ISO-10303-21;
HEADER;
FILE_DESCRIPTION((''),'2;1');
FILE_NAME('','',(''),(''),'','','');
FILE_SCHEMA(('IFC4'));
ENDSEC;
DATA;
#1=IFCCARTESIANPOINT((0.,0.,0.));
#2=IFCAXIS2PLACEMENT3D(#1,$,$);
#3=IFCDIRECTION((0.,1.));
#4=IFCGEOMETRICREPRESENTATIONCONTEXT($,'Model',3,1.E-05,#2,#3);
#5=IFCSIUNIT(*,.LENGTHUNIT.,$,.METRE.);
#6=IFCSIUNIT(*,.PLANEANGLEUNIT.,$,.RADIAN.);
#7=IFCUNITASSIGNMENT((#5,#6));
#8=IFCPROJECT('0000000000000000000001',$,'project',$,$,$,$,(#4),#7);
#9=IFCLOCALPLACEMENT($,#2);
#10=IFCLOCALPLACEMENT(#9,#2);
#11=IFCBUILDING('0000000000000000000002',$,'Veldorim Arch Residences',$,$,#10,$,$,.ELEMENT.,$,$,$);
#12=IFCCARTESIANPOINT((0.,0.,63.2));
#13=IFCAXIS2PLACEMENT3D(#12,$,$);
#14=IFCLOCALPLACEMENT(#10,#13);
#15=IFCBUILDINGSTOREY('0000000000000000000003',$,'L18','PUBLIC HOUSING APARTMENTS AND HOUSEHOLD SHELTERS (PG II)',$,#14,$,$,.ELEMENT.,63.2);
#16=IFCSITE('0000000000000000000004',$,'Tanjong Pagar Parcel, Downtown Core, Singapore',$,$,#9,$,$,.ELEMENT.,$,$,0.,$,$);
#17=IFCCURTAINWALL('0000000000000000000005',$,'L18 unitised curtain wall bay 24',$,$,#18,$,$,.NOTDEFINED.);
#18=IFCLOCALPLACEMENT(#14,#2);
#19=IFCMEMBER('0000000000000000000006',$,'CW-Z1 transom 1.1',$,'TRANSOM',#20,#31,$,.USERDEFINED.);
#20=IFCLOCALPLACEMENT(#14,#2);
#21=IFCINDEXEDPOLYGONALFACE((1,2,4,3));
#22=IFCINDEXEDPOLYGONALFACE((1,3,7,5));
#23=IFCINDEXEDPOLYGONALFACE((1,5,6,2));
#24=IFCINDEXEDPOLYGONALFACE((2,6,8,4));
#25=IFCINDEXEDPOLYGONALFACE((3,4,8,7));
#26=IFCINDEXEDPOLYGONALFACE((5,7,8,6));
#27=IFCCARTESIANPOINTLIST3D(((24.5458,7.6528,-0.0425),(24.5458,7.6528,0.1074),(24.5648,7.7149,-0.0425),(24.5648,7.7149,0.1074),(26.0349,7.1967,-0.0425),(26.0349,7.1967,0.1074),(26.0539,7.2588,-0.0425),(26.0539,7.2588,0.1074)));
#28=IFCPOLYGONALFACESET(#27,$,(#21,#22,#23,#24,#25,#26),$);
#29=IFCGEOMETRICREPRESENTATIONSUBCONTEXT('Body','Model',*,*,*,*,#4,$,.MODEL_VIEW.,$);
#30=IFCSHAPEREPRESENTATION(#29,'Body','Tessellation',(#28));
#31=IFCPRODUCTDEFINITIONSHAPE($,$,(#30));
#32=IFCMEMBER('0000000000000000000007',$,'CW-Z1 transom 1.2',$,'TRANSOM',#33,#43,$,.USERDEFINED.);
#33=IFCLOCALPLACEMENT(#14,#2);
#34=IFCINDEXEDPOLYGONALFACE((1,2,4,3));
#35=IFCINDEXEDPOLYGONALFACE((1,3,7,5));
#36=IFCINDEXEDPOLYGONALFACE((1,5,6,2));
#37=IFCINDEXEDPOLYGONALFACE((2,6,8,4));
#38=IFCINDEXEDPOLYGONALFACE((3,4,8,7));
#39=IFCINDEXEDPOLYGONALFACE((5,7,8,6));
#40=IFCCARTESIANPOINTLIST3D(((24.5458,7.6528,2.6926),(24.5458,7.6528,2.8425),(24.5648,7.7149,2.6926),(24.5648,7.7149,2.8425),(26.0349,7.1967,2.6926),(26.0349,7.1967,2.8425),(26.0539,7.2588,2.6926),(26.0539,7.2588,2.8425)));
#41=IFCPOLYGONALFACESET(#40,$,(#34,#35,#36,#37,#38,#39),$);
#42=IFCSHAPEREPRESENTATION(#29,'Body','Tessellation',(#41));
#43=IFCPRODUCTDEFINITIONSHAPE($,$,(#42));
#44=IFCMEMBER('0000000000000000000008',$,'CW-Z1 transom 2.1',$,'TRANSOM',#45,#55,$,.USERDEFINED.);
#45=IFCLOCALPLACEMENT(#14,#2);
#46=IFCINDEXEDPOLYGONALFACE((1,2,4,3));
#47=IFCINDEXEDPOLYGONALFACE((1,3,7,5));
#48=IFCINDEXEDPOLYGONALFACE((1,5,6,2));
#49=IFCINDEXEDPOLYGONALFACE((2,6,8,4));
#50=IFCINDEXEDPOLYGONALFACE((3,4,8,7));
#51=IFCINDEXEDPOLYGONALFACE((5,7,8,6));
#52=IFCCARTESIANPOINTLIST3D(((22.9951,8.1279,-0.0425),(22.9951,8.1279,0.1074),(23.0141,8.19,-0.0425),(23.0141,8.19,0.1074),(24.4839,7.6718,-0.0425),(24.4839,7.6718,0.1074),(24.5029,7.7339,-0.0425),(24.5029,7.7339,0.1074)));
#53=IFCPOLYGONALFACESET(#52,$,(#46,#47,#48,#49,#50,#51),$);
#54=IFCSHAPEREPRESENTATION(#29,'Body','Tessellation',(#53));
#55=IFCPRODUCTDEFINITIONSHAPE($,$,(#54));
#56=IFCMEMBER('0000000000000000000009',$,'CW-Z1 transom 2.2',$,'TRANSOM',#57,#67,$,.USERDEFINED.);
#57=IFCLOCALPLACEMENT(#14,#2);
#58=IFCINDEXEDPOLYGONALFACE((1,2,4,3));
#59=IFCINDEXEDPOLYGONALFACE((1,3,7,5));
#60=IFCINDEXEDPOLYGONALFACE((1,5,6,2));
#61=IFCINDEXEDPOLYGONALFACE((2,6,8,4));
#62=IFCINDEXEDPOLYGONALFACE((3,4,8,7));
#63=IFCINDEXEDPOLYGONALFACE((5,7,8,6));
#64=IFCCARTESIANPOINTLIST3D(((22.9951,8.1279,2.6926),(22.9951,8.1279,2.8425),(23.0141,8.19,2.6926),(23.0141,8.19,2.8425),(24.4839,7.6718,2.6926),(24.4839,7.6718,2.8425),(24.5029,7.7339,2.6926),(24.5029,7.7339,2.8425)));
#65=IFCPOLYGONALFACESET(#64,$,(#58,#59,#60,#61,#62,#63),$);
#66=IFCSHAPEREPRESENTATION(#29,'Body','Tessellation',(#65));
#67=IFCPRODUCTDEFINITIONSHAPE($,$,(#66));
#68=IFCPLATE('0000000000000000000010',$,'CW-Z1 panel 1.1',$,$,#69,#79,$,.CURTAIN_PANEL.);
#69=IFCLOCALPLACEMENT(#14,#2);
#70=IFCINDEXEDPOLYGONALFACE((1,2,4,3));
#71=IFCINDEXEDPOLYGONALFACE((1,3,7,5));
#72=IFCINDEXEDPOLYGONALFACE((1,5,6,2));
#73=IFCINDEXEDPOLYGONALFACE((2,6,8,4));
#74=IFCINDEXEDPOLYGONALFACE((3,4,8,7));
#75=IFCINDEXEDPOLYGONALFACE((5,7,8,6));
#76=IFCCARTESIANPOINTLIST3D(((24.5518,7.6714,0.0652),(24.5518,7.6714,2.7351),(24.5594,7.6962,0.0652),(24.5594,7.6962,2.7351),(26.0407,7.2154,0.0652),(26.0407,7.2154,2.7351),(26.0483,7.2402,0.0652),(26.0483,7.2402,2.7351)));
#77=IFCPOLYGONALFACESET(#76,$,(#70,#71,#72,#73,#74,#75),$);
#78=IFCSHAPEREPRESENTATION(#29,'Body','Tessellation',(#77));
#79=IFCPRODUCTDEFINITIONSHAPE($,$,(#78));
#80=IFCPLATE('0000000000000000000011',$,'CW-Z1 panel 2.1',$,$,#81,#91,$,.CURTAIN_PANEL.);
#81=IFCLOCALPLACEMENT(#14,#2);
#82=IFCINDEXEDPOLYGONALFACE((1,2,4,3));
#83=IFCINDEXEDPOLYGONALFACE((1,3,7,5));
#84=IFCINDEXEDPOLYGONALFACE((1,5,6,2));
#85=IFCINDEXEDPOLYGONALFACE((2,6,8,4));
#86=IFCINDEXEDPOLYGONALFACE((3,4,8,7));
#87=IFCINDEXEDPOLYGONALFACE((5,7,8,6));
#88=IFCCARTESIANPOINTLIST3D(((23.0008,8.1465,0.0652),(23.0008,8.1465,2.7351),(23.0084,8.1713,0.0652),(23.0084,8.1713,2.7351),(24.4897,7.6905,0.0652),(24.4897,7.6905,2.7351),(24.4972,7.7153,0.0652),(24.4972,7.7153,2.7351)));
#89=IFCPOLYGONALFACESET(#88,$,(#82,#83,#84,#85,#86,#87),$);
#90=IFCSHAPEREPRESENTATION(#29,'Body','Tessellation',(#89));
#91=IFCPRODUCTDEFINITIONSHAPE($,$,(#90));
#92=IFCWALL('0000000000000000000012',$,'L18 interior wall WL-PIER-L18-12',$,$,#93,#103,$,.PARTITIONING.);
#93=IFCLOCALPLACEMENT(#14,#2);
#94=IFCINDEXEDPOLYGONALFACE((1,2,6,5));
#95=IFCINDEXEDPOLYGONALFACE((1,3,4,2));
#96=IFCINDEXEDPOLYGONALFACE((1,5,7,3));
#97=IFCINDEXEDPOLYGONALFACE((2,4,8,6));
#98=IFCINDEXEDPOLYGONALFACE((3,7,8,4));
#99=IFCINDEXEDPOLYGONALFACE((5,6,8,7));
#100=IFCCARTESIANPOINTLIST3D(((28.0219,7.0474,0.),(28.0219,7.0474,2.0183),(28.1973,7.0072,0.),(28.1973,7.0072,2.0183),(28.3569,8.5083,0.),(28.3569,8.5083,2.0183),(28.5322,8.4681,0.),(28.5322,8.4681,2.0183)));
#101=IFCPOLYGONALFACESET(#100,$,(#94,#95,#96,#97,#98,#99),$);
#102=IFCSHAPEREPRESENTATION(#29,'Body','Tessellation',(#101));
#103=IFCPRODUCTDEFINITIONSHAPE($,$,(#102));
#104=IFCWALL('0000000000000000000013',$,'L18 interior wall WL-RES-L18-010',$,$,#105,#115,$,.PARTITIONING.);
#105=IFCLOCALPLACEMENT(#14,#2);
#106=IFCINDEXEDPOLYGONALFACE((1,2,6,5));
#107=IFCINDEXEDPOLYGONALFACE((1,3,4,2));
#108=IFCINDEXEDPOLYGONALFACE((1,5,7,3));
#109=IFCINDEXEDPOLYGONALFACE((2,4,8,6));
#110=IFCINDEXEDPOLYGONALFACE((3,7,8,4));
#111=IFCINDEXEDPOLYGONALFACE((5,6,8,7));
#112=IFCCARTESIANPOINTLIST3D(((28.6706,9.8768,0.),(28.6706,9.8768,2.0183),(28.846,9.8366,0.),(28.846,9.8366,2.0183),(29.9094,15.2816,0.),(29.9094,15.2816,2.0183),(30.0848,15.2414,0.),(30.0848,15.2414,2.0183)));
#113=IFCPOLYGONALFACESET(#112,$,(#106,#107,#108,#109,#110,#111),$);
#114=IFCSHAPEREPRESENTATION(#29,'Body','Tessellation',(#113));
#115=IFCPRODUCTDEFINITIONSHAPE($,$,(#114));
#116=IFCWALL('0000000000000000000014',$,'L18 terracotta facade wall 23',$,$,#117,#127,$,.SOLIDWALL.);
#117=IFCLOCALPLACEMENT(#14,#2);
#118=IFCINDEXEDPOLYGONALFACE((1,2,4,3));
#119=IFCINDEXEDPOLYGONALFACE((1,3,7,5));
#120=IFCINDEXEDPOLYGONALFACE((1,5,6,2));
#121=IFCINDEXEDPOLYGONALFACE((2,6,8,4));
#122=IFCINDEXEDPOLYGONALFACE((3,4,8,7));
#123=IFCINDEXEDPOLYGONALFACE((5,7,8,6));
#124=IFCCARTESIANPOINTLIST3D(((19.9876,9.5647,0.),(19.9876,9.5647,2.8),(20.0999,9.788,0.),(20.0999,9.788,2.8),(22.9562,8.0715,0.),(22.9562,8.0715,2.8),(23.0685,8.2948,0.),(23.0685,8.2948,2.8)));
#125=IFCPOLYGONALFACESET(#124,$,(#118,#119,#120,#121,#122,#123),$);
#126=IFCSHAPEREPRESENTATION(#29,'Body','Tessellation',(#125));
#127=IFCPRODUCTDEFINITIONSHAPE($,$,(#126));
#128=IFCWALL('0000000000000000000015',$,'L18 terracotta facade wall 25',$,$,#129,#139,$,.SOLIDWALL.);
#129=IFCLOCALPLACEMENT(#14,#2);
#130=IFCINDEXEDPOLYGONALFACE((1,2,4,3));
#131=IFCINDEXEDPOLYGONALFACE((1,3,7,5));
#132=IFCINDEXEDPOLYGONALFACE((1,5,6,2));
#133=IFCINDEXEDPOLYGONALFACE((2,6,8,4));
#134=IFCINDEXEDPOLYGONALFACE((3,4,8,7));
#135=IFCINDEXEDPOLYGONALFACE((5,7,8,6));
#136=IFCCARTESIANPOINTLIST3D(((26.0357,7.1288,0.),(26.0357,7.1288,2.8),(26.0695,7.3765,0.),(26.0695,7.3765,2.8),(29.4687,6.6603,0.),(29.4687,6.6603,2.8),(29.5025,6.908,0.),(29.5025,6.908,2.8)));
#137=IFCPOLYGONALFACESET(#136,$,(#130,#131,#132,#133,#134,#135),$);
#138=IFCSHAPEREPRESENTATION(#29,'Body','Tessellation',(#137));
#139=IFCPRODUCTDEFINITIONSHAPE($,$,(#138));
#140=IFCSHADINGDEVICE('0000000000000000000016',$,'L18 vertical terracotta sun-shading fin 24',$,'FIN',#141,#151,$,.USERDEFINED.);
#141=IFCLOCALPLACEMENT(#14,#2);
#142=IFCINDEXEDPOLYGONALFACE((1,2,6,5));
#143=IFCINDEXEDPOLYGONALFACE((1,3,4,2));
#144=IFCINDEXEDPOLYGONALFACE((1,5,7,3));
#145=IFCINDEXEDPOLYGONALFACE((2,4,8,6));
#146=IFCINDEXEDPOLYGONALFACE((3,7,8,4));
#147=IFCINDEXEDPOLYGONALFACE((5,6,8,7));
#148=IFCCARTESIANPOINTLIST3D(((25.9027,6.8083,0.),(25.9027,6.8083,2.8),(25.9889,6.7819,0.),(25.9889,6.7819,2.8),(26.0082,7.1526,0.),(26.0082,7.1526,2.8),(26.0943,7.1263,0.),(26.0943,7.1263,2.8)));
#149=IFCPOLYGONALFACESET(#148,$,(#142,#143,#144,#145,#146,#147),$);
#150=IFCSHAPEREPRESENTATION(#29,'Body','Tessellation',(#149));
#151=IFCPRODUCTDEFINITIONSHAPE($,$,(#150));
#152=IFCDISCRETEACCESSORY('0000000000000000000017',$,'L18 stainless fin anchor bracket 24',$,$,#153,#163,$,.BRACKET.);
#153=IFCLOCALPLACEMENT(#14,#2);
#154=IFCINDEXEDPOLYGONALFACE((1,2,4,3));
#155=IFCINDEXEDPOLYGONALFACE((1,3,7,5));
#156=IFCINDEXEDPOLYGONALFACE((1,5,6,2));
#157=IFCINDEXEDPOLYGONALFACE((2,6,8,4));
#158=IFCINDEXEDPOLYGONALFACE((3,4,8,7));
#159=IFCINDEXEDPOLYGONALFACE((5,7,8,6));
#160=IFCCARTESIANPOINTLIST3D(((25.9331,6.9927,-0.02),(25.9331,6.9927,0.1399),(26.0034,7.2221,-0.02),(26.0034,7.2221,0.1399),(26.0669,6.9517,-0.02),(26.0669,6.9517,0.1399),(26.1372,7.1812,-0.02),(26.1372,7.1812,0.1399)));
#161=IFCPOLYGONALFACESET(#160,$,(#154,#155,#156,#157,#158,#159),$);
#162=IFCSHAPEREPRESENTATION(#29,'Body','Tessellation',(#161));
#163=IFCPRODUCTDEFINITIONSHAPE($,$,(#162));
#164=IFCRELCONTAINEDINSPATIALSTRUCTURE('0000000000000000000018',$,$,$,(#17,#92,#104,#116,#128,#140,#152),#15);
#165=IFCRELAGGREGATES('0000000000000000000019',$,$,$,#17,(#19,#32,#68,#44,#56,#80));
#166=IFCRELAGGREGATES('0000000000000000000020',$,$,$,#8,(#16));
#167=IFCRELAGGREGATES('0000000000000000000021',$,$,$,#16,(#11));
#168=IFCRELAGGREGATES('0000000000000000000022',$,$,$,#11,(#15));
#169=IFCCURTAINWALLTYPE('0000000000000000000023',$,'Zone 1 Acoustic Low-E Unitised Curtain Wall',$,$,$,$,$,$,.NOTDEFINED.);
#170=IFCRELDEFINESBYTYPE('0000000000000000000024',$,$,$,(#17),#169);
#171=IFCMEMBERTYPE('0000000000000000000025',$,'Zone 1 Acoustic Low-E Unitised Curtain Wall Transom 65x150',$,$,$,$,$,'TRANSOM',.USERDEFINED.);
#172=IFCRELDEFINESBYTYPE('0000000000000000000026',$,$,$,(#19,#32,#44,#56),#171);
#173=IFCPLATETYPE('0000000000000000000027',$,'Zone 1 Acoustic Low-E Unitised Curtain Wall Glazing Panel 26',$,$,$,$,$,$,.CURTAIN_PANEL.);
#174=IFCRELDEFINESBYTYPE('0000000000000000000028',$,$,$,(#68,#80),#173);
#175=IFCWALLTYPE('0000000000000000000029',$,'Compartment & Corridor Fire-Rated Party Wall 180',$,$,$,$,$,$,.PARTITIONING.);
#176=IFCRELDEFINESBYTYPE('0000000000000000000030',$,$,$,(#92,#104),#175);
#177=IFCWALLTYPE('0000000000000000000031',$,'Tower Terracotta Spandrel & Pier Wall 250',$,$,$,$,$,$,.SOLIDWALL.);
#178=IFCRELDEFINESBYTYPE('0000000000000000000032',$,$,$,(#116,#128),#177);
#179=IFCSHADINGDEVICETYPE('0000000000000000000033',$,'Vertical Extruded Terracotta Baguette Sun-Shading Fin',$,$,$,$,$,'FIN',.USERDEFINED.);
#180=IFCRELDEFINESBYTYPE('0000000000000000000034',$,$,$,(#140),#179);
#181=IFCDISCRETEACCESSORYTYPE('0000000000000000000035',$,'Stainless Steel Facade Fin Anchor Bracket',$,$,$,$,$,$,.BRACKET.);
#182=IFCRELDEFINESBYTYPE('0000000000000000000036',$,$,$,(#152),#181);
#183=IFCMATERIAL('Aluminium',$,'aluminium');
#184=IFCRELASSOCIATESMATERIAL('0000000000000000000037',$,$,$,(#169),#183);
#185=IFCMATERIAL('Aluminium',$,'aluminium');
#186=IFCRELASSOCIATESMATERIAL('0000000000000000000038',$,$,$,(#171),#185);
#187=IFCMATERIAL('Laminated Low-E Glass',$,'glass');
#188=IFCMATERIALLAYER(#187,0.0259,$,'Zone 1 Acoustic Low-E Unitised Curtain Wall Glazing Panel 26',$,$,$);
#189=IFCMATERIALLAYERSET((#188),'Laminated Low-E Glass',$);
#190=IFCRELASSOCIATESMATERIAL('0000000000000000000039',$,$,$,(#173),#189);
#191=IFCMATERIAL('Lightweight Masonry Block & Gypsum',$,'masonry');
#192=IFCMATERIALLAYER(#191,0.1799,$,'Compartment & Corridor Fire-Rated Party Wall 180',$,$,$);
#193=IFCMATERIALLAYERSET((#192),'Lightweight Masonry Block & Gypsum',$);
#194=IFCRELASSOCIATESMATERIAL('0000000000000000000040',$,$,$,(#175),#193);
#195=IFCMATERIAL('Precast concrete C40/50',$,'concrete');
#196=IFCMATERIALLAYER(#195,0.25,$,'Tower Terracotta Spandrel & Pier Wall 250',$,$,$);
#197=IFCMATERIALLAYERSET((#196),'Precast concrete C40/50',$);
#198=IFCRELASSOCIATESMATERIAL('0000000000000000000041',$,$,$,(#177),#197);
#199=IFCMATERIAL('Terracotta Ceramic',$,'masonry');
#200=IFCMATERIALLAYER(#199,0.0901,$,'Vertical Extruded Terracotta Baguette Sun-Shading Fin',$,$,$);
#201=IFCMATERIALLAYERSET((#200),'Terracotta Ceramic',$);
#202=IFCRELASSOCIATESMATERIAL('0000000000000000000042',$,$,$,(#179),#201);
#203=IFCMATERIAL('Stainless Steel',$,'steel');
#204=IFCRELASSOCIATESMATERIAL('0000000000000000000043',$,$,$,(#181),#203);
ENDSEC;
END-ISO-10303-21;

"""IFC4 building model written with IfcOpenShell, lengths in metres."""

from ifc_helpers import new_model, si_unit, direction, frame, frame_2d, origin, origin_2d, place, context, subcontext, project, spatial, rectangle, extrude, material, layer, layer_set, material_profile, profile_set, type_object, element, aggregate, save


model = new_model("IFC4")

# Units and contexts
model_context = context("Model", 3, precision=1e-05, world=origin(), true_north=direction((0.0, 1.0)))
body_context = subcontext(model_context, "Body", "Model", "MODEL_VIEW")
ifc_project = project(units=[si_unit("LENGTHUNIT", "METRE"), si_unit("PLANEANGLEUNIT", "RADIAN")], contexts=[model_context])

# Site, building, storey
site_placement = place(None, origin())
site = spatial("IfcSite", under=ifc_project, at=site_placement, Name="Tanjong Pagar Parcel, Downtown Core, Singapore", CompositionType="ELEMENT", RefElevation=0.0)
building_placement = place(site_placement, origin())
building = spatial("IfcBuilding", under=site, at=building_placement, Name="Veldorim Arch Residences", CompositionType="ELEMENT")
storey_placement = place(building_placement, frame((0.0, 0.0, 63.2)))
storey = spatial("IfcBuildingStorey", under=building, at=storey_placement, Name="L18", Description="PUBLIC HOUSING APARTMENTS AND HOUSEHOLD SHELTERS (PG II)", CompositionType="ELEMENT", Elevation=63.2)

# Curtain wall, members, plates
ifc_material_1 = material(Name="Aluminium", Category="aluminium")
curtain_wall_type = type_object("IfcCurtainWallType", Name="Zone 1 Acoustic Low-E Unitised Curtain Wall", PredefinedType="NOTDEFINED", material=ifc_material_1)
curtain_wall_placement = place(storey_placement, origin())
curtain_wall = element("IfcCurtainWall", 1, at=curtain_wall_placement, inside=storey, type_object=curtain_wall_type, Name="L18 unitised curtain wall bay 24", PredefinedType="NOTDEFINED")
ifc_material_2 = material(Name="Aluminium", Category="aluminium")
ifc_material_profile_1 = material_profile(ifc_material_2, rectangle(XDim=0.0649, YDim=0.1499, at=origin_2d()), Name="ALU_TRN_65x150")
ifc_profile_set_1 = profile_set([ifc_material_profile_1], Name="Aluminium")
member_type_1 = type_object("IfcMemberType", Name="Zone 1 Acoustic Low-E Unitised Curtain Wall Transom 65x150", ElementType="TRANSOM", PredefinedType="USERDEFINED", material=ifc_profile_set_1)
member_1_placement = place(storey_placement, frame((26.0444, 7.2278, 0.0325), z_axis=(-0.956158, 0.292852, 0.0), x_axis=(-0.292852, -0.956158, 0.0)))
member_1 = element("IfcMember", 2, at=member_1_placement, type_object=member_type_1, Name="CW-Z1 transom 1.1", ObjectType="TRANSOM", PredefinedType="USERDEFINED", context=body_context, shape_type="SweptSolid", body=[
    extrude(rectangle(XDim=0.0649, YDim=0.1499, at=origin_2d()), origin(), (0.0, 0.0, 1.0), 1.5574),
])
member_2_placement = place(storey_placement, frame((26.0444, 7.2278, 2.7676), z_axis=(-0.956158, 0.292852, 0.0), x_axis=(-0.292852, -0.956158, 0.0)))
member_2 = element("IfcMember", 3, at=member_2_placement, type_object=member_type_1, Name="CW-Z1 transom 1.2", ObjectType="TRANSOM", PredefinedType="USERDEFINED", context=body_context, shape_type="SweptSolid", body=[
    extrude(rectangle(XDim=0.0649, YDim=0.1499, at=origin_2d()), origin(), (0.0, 0.0, 1.0), 1.5574),
])
member_3_placement = place(storey_placement, frame((24.4934, 7.7029, 0.0325), z_axis=(-0.956144, 0.292896, 0.0), x_axis=(-0.292896, -0.956144, 0.0)))
member_3 = element("IfcMember", 4, at=member_3_placement, type_object=member_type_1, Name="CW-Z1 transom 2.1", ObjectType="TRANSOM", PredefinedType="USERDEFINED", context=body_context, shape_type="SweptSolid", body=[
    extrude(rectangle(XDim=0.0649, YDim=0.1499, at=origin_2d()), origin(), (0.0, 0.0, 1.0), 1.5571),
])
member_4_placement = place(storey_placement, frame((24.4934, 7.7029, 2.7676), z_axis=(-0.956144, 0.292896, 0.0), x_axis=(-0.292896, -0.956144, 0.0)))
member_4 = element("IfcMember", 5, at=member_4_placement, type_object=member_type_1, Name="CW-Z1 transom 2.2", ObjectType="TRANSOM", PredefinedType="USERDEFINED", context=body_context, shape_type="SweptSolid", body=[
    extrude(rectangle(XDim=0.0649, YDim=0.1499, at=origin_2d()), origin(), (0.0, 0.0, 1.0), 1.5571),
])
ifc_material_3 = material(Name="Laminated Low-E Glass", Category="glass")
ifc_layer_1 = layer(ifc_material_3, 0.0259, Name="Zone 1 Acoustic Low-E Unitised Curtain Wall Glazing Panel 26")
ifc_layer_set_1 = layer_set([ifc_layer_1], Name="Laminated Low-E Glass")
plate_type = type_object("IfcPlateType", Name="Zone 1 Acoustic Low-E Unitised Curtain Wall Glazing Panel 26", PredefinedType="CURTAIN_PANEL", material=ifc_layer_set_1)
plate_1_placement = place(storey_placement, frame((25.3, 7.4558, 0.0652), z_axis=(0.0, 0.0, 1.0), x_axis=(-0.956158, 0.292852, 0.0)))
plate_1 = element("IfcPlate", 6, at=plate_1_placement, type_object=plate_type, Name="CW-Z1 panel 1.1", PredefinedType="CURTAIN_PANEL", context=body_context, shape_type="SweptSolid", body=[
    extrude(rectangle(XDim=1.5571, YDim=0.0259, at=origin_2d()), origin(), (0.0, 0.0, 1.0), 2.6699),
])
plate_2_placement = place(storey_placement, frame((23.749, 7.9309, 0.0652), z_axis=(0.0, 0.0, 1.0), x_axis=(-0.956158, 0.292852, 0.0)))
plate_2 = element("IfcPlate", 7, at=plate_2_placement, type_object=plate_type, Name="CW-Z1 panel 2.1", PredefinedType="CURTAIN_PANEL", context=body_context, shape_type="SweptSolid", body=[
    extrude(rectangle(XDim=1.5571, YDim=0.0259, at=origin_2d()), origin(), (0.0, 0.0, 1.0), 2.6699),
])
aggregate(curtain_wall, [member_1, member_2, plate_1, member_3, member_4, plate_2])

# Walls
ifc_material_4 = material(Name="Lightweight Masonry Block & Gypsum", Category="masonry")
ifc_layer_2 = layer(ifc_material_4, 0.1799, Name="Compartment & Corridor Fire-Rated Party Wall 180")
ifc_layer_set_2 = layer_set([ifc_layer_2], Name="Lightweight Masonry Block & Gypsum")
wall_type_1 = type_object("IfcWallType", Name="Compartment & Corridor Fire-Rated Party Wall 180", PredefinedType="PARTITIONING", material=ifc_layer_set_2)
wall_1_placement = place(storey_placement, frame((28.4446, 8.4883, 0.0), z_axis=(0.0, 0.0, 1.0), x_axis=(-0.223479, -0.974709, 0.0)))
element("IfcWall", 8, at=wall_1_placement, inside=storey, type_object=wall_type_1, Name="L18 interior wall WL-PIER-L18-12", PredefinedType="PARTITIONING", context=body_context, shape_type="SweptSolid", body=[
    extrude(rectangle(XDim=1.4988, YDim=0.1799, at=frame_2d((0.7495, 0.0))), origin(), (0.0, 0.0, 1.0), 2.0183),
])
wall_2_placement = place(storey_placement, frame((28.7583, 9.8567, 0.0), z_axis=(0.0, 0.0, 1.0), x_axis=(0.223406, 0.974726, 0.0)))
element("IfcWall", 9, at=wall_2_placement, inside=storey, type_object=wall_type_1, Name="L18 interior wall WL-RES-L18-010", PredefinedType="PARTITIONING", context=body_context, shape_type="SweptSolid", body=[
    extrude(rectangle(XDim=5.5449, YDim=0.1799, at=frame_2d((2.7725, 0.0))), origin(), (0.0, 0.0, 1.0), 2.0183),
])
ifc_material_5 = material(Name="Precast concrete C40/50", Category="concrete")
ifc_layer_3 = layer(ifc_material_5, 0.25, Name="Tower Terracotta Spandrel & Pier Wall 250")
ifc_layer_set_3 = layer_set([ifc_layer_3], Name="Precast concrete C40/50")
wall_type_2 = type_object("IfcWallType", Name="Tower Terracotta Spandrel & Pier Wall 250", PredefinedType="SOLIDWALL", material=ifc_layer_set_3)
wall_3_placement = place(storey_placement, frame((23.0125, 8.1831, 0.0), z_axis=(0.0, 0.0, 1.0), x_axis=(-0.893352, 0.449358, 0.0)))
element("IfcWall", 10, at=wall_3_placement, inside=storey, type_object=wall_type_2, Name="L18 terracotta facade wall 23", PredefinedType="SOLIDWALL", context=body_context, shape_type="SweptSolid", body=[
    extrude(rectangle(XDim=3.323, YDim=0.25, at=frame_2d((1.6616, 0.0))), origin(), (0.0, 0.0, 1.0), 2.8),
])
wall_4_placement = place(storey_placement, frame((29.4856, 6.7842, 0.0), z_axis=(0.0, 0.0, 1.0), x_axis=(-0.990816, 0.135214, 0.0)))
element("IfcWall", 11, at=wall_4_placement, inside=storey, type_object=wall_type_2, Name="L18 terracotta facade wall 25", PredefinedType="SOLIDWALL", context=body_context, shape_type="SweptSolid", body=[
    extrude(rectangle(XDim=3.4648, YDim=0.25, at=frame_2d((1.7324, 0.0))), origin(), (0.0, 0.0, 1.0), 2.8),
])

# Shading device
ifc_material_6 = material(Name="Terracotta Ceramic", Category="masonry")
ifc_layer_4 = layer(ifc_material_6, 0.0901, Name="Vertical Extruded Terracotta Baguette Sun-Shading Fin")
ifc_layer_set_4 = layer_set([ifc_layer_4], Name="Terracotta Ceramic")
shading_device_type = type_object("IfcShadingDeviceType", Name="Vertical Extruded Terracotta Baguette Sun-Shading Fin", ElementType="FIN", PredefinedType="USERDEFINED", material=ifc_layer_set_4)
shading_device_placement = place(storey_placement, frame((25.9985, 6.9673, 0.0), z_axis=(0.0, 0.0, 1.0), x_axis=(-0.956152, 0.292872, 0.0)))
element("IfcShadingDevice", 12, at=shading_device_placement, inside=storey, type_object=shading_device_type, Name="L18 vertical terracotta sun-shading fin 24", ObjectType="FIN", PredefinedType="USERDEFINED", context=body_context, shape_type="SweptSolid", body=[
    extrude(rectangle(XDim=0.0901, YDim=0.3601, at=origin_2d()), origin(), (0.0, 0.0, 1.0), 2.8),
])

# Discrete accessory
ifc_material_7 = material(Name="Stainless Steel", Category="steel")
discrete_accessory_type = type_object("IfcDiscreteAccessoryType", Name="Stainless Steel Facade Fin Anchor Bracket", PredefinedType="BRACKET", material=ifc_material_7)
discrete_accessory_placement = place(storey_placement, frame((26.0352, 7.0869, -0.02), z_axis=(0.0, 0.0, 1.0), x_axis=(-0.956152, 0.292872, 0.0)))
element("IfcDiscreteAccessory", 13, at=discrete_accessory_placement, inside=storey, type_object=discrete_accessory_type, Name="L18 stainless fin anchor bracket 24", PredefinedType="BRACKET", context=body_context, shape_type="SweptSolid", body=[
    extrude(rectangle(XDim=0.1399, YDim=0.24, at=origin_2d()), origin(), (0.0, 0.0, 1.0), 0.1599),
])

save(model, "model.ifc")
